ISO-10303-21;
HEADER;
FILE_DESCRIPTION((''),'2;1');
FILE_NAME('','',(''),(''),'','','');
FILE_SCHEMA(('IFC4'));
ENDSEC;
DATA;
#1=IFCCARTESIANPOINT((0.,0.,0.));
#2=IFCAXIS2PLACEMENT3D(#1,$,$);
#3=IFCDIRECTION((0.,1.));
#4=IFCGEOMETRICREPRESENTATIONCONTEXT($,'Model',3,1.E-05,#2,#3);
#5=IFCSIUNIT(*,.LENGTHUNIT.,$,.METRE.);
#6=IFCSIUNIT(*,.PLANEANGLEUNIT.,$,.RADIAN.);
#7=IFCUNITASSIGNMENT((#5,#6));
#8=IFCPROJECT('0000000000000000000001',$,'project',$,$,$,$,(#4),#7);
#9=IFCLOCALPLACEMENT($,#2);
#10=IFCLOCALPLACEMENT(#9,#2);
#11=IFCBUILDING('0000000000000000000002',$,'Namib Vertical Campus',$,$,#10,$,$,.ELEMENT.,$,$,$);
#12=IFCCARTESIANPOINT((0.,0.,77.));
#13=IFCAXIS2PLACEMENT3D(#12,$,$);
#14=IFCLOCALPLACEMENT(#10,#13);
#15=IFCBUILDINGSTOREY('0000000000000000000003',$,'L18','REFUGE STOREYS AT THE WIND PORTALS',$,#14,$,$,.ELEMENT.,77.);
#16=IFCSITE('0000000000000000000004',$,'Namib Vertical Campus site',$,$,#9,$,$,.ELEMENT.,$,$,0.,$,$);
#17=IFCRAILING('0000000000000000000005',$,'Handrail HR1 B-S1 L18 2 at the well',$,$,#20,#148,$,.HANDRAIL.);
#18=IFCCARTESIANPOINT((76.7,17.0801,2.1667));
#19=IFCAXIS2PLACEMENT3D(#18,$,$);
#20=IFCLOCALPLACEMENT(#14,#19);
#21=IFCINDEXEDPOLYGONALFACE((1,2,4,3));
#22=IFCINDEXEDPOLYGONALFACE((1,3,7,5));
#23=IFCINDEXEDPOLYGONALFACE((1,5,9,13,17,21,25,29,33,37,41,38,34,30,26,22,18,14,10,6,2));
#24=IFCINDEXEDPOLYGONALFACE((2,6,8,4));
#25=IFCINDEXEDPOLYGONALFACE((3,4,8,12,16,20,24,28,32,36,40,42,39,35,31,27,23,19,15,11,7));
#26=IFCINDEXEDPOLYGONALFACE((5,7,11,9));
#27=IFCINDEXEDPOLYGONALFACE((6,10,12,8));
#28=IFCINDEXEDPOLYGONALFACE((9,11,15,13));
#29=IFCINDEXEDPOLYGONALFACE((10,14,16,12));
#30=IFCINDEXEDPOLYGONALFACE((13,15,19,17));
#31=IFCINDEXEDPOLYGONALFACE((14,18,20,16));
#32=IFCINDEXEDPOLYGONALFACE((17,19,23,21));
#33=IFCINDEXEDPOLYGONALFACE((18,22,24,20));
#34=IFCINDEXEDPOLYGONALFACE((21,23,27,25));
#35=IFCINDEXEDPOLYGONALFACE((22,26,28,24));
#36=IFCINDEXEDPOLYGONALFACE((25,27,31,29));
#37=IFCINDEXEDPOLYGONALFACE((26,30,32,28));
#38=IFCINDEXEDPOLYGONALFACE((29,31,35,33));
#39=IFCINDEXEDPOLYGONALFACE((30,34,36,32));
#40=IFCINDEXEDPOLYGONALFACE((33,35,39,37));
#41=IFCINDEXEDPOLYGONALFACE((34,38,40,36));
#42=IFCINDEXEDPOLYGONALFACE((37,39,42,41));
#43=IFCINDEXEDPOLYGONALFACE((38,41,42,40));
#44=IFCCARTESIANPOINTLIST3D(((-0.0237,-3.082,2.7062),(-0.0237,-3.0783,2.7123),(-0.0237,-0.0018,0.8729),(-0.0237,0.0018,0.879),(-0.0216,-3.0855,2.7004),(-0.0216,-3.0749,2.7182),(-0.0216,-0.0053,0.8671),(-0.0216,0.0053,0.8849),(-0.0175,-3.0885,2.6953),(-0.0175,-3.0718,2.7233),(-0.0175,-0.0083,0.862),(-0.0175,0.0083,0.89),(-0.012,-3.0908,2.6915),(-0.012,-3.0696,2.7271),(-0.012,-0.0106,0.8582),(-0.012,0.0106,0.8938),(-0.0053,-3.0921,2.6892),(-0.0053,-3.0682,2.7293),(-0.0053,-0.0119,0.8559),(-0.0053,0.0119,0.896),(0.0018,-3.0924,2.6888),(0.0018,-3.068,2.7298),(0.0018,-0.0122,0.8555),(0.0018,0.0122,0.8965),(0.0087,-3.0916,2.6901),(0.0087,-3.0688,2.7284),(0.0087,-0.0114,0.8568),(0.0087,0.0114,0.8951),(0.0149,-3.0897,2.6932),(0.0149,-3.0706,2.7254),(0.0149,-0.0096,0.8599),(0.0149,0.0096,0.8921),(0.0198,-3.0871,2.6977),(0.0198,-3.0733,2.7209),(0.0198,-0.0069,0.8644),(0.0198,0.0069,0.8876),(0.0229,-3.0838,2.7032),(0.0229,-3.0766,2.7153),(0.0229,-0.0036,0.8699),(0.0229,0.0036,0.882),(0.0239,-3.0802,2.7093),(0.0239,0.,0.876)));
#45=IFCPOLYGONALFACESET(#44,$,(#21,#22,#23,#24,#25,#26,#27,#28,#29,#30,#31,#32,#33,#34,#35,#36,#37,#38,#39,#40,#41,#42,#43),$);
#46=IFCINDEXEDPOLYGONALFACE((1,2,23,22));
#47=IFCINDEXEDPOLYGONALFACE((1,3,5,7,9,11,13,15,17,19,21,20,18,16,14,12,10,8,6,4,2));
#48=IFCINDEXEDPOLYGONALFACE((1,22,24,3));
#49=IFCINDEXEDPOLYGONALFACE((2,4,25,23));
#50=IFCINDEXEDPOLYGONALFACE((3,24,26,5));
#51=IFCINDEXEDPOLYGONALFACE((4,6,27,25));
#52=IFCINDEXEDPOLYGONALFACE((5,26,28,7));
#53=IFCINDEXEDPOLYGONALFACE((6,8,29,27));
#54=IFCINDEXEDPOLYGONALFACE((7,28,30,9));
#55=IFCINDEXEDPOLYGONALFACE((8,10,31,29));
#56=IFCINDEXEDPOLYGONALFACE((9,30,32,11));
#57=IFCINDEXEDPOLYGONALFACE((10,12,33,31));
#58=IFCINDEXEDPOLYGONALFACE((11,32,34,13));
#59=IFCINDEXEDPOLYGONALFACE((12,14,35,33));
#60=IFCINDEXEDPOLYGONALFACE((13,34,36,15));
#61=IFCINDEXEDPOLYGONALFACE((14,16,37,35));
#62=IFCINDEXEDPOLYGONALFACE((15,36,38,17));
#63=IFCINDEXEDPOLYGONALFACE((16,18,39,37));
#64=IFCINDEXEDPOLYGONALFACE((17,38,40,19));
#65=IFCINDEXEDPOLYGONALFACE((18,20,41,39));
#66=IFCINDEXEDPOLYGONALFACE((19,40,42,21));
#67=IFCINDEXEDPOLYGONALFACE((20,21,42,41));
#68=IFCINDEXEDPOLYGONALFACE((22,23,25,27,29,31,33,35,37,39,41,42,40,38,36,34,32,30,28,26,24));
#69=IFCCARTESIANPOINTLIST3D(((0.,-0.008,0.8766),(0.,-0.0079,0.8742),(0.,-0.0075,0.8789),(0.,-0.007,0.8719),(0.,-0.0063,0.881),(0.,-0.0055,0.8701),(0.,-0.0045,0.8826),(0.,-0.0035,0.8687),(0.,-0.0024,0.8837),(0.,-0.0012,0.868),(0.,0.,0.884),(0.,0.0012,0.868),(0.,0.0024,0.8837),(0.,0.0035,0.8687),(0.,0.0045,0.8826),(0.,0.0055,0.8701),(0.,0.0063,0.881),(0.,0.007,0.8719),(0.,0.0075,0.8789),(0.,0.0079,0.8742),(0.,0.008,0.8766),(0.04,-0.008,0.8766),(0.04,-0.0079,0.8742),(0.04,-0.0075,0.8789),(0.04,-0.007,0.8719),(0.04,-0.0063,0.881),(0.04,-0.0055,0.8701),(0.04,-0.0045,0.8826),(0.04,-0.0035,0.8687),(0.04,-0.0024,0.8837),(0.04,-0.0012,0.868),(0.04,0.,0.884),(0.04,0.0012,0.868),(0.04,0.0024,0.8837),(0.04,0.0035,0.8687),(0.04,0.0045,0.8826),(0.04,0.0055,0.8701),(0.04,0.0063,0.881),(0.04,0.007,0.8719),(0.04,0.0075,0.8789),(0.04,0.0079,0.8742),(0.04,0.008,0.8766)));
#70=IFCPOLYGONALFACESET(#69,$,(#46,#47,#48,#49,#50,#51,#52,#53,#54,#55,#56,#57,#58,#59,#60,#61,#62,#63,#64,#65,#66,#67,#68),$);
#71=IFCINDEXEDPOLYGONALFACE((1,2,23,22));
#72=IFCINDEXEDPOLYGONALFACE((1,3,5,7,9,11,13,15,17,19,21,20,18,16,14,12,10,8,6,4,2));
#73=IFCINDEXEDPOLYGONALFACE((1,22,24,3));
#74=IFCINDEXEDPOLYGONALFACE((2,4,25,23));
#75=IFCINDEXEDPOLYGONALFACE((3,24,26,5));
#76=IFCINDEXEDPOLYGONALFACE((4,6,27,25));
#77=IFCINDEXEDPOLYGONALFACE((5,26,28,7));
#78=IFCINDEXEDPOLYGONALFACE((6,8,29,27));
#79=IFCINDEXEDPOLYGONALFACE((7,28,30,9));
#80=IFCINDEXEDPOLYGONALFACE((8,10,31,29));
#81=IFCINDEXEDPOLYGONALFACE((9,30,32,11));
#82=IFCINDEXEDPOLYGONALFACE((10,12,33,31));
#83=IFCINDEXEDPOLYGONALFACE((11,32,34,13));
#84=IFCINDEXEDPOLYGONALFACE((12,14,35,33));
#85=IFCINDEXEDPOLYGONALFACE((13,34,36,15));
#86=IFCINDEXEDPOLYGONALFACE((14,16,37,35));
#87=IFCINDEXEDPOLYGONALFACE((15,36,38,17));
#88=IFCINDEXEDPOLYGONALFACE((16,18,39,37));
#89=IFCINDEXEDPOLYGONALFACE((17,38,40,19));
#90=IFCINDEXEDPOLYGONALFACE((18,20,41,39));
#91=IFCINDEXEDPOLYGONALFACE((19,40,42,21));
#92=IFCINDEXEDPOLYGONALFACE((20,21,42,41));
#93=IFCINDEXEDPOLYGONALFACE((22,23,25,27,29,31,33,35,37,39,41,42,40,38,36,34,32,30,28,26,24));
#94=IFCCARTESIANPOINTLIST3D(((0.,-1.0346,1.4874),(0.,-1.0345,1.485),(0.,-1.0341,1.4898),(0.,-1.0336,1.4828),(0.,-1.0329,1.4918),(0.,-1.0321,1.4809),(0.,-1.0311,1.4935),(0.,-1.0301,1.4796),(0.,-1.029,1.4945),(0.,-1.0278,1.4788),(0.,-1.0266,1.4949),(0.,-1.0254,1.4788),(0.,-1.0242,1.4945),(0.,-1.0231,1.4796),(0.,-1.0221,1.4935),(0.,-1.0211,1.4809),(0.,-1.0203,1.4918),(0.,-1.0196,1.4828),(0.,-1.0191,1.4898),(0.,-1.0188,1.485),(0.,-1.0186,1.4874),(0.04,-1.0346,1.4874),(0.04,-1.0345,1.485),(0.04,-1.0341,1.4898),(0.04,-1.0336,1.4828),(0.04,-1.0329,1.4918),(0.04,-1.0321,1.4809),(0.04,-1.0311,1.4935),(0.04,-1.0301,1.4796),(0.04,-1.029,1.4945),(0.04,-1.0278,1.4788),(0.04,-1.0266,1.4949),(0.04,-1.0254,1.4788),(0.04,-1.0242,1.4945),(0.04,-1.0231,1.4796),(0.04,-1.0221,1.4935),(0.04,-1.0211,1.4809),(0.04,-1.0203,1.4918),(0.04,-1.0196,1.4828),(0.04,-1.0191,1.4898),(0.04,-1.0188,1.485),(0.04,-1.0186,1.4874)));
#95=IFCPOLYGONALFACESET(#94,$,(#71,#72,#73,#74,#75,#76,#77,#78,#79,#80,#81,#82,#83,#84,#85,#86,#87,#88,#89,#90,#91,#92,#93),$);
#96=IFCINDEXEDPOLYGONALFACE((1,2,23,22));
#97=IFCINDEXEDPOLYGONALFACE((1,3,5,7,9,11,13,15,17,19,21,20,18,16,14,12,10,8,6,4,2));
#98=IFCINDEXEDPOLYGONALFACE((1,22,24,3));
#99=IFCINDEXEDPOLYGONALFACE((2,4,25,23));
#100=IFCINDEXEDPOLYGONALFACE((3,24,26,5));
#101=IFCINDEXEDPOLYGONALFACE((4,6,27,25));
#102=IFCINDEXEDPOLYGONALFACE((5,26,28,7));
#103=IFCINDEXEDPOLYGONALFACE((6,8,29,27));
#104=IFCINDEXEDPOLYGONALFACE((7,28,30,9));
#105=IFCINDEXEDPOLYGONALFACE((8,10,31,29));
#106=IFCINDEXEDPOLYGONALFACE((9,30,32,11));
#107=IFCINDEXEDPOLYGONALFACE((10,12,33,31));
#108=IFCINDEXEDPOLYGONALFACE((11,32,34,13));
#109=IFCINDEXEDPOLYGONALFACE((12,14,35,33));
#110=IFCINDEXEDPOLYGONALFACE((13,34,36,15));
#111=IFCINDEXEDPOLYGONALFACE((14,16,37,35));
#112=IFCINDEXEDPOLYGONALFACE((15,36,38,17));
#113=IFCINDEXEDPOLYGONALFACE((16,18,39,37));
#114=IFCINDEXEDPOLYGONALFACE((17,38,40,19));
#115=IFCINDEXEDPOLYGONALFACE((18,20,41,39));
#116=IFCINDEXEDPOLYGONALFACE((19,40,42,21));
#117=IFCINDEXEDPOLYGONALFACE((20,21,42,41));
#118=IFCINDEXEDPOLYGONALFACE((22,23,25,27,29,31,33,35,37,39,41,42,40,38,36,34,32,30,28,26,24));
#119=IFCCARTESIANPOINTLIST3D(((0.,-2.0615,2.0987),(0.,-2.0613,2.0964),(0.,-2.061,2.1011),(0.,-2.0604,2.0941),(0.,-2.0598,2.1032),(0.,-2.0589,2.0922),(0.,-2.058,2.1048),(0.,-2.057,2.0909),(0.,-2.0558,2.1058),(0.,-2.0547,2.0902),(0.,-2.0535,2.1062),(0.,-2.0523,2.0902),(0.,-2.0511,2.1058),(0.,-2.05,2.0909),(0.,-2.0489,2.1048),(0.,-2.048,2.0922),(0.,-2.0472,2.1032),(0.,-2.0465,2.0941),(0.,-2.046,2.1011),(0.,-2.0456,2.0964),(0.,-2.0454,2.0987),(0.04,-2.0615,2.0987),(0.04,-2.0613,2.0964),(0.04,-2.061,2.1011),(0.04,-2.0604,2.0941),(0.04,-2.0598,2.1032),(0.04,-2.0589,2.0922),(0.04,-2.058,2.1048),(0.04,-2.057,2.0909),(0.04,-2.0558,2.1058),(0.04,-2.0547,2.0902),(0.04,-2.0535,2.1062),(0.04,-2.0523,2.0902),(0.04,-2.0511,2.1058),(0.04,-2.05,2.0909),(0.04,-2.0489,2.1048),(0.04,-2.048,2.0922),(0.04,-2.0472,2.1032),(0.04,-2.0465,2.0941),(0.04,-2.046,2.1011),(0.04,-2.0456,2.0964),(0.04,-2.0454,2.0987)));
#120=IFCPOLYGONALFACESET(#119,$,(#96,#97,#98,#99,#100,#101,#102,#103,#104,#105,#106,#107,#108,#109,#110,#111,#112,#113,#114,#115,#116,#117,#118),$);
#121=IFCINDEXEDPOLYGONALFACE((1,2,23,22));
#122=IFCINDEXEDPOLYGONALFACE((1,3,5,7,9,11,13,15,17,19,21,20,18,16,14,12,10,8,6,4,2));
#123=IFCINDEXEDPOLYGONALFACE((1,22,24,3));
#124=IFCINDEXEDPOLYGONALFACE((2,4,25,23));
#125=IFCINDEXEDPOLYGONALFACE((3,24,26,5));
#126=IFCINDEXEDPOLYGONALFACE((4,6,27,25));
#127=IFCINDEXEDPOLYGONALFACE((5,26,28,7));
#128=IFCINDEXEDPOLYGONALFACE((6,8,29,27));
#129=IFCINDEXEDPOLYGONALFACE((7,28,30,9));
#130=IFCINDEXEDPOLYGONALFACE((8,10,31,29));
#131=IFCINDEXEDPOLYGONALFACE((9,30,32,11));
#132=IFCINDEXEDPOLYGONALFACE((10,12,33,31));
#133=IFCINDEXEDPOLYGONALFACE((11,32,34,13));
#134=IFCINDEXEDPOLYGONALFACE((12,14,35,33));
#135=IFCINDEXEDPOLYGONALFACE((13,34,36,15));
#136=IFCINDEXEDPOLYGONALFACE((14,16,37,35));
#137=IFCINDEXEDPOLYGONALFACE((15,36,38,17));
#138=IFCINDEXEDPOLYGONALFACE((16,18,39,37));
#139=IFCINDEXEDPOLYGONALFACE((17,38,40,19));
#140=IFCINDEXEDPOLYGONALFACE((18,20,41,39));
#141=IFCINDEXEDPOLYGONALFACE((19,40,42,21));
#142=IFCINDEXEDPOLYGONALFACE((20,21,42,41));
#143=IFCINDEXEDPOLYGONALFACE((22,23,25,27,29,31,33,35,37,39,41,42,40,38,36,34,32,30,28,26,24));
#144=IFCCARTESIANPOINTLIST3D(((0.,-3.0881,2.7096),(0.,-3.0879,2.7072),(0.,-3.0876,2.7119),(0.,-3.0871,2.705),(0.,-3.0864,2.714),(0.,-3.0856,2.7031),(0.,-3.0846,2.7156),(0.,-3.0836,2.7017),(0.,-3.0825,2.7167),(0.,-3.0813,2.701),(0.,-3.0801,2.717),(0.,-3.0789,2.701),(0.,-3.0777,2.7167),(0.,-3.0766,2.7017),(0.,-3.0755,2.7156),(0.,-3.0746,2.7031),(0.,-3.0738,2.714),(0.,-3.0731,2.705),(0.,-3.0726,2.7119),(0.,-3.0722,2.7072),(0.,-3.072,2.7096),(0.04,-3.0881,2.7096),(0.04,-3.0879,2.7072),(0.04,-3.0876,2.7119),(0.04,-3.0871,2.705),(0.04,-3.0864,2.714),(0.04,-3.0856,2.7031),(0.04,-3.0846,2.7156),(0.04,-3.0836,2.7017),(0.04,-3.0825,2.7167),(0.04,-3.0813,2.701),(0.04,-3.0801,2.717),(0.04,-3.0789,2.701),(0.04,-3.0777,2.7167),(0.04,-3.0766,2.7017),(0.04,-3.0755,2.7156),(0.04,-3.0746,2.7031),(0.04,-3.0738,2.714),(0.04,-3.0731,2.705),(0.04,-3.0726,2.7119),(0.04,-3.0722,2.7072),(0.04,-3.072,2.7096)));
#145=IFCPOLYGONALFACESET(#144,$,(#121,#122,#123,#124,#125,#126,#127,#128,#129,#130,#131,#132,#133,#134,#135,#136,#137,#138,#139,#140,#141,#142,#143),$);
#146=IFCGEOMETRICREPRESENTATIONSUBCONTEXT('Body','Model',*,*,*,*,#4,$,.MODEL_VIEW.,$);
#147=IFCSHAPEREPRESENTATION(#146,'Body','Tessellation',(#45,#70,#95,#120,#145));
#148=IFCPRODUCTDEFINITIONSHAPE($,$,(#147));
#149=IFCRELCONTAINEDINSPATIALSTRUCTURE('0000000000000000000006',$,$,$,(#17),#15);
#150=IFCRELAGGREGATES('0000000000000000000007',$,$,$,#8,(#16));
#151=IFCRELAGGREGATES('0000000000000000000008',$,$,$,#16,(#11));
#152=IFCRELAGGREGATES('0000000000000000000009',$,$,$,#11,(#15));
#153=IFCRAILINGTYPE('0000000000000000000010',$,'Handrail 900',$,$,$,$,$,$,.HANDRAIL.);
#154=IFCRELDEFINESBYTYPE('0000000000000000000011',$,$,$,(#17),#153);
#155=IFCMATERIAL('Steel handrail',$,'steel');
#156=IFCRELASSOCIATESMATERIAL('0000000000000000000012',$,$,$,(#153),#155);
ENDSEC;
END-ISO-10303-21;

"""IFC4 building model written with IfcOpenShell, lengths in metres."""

from ifc_helpers import new_model, si_unit, direction, frame, origin, origin_2d, place, context, subcontext, project, spatial, circle, extrude, material, type_object, element, save


model = new_model("IFC4")

# Units and contexts
model_context = context("Model", 3, precision=1e-05, world=origin(), true_north=direction((0.0, 1.0)))
body_context = subcontext(model_context, "Body", "Model", "MODEL_VIEW")
ifc_project = project(units=[si_unit("LENGTHUNIT", "METRE"), si_unit("PLANEANGLEUNIT", "RADIAN")], contexts=[model_context])

# Site, building, storey
site_placement = place(None, origin())
site = spatial("IfcSite", under=ifc_project, at=site_placement, Name="Namib Vertical Campus site", CompositionType="ELEMENT", RefElevation=0.0)
building_placement = place(site_placement, origin())
building = spatial("IfcBuilding", under=site, at=building_placement, Name="Namib Vertical Campus", CompositionType="ELEMENT")
storey_placement = place(building_placement, frame((0.0, 0.0, 77.0)))
storey = spatial("IfcBuildingStorey", under=building, at=storey_placement, Name="L18", Description="REFUGE STOREYS AT THE WIND PORTALS", CompositionType="ELEMENT", Elevation=77.0)

# Railing
ifc_material_1 = material(Name="Steel handrail", Category="steel")
railing_type_1 = type_object("IfcRailingType", Name="Handrail 900", PredefinedType="HANDRAIL", material=ifc_material_1)
for number, where, name in (
    (1, (76.7, 17.0801, 2.1667), "Handrail HR1 B-S1 L18 2 at the well"),
):
    element("IfcRailing", number, at=place(storey_placement, frame(where)), inside=storey, type_object=railing_type_1, Name=name, PredefinedType="HANDRAIL", context=body_context, shape_type="SweptSolid", body=[
        extrude(circle(Radius=0.0239, at=origin_2d()), frame((0.0, 0.0, 0.876), z_axis=(0.0, -0.859309, 0.511458), x_axis=(1.0, 0.0, 0.0)), (0.0, 0.0, 1.0), 3.5845),
        extrude(circle(Radius=0.0081, at=origin_2d()), frame((0.0, 0.0, 0.876), z_axis=(1.0, 0.0, 0.0), x_axis=(0.0, 0.0, 1.0)), (0.0, 0.0, 1.0), 0.04),
        extrude(circle(Radius=0.0081, at=origin_2d()), frame((0.0, -1.0266, 1.4868), z_axis=(1.0, 0.0, 0.0), x_axis=(0.0, 0.0, 1.0)), (0.0, 0.0, 1.0), 0.04),
        extrude(circle(Radius=0.0081, at=origin_2d()), frame((0.0, -2.0535, 2.0981), z_axis=(1.0, 0.0, 0.0), x_axis=(0.0, 0.0, 1.0)), (0.0, 0.0, 1.0), 0.04),
        extrude(circle(Radius=0.0081, at=origin_2d()), frame((0.0, -3.0801, 2.709), z_axis=(1.0, 0.0, 0.0), x_axis=(0.0, 0.0, 1.0)), (0.0, 0.0, 1.0), 0.04),
    ])

save(model, "model.ifc")
